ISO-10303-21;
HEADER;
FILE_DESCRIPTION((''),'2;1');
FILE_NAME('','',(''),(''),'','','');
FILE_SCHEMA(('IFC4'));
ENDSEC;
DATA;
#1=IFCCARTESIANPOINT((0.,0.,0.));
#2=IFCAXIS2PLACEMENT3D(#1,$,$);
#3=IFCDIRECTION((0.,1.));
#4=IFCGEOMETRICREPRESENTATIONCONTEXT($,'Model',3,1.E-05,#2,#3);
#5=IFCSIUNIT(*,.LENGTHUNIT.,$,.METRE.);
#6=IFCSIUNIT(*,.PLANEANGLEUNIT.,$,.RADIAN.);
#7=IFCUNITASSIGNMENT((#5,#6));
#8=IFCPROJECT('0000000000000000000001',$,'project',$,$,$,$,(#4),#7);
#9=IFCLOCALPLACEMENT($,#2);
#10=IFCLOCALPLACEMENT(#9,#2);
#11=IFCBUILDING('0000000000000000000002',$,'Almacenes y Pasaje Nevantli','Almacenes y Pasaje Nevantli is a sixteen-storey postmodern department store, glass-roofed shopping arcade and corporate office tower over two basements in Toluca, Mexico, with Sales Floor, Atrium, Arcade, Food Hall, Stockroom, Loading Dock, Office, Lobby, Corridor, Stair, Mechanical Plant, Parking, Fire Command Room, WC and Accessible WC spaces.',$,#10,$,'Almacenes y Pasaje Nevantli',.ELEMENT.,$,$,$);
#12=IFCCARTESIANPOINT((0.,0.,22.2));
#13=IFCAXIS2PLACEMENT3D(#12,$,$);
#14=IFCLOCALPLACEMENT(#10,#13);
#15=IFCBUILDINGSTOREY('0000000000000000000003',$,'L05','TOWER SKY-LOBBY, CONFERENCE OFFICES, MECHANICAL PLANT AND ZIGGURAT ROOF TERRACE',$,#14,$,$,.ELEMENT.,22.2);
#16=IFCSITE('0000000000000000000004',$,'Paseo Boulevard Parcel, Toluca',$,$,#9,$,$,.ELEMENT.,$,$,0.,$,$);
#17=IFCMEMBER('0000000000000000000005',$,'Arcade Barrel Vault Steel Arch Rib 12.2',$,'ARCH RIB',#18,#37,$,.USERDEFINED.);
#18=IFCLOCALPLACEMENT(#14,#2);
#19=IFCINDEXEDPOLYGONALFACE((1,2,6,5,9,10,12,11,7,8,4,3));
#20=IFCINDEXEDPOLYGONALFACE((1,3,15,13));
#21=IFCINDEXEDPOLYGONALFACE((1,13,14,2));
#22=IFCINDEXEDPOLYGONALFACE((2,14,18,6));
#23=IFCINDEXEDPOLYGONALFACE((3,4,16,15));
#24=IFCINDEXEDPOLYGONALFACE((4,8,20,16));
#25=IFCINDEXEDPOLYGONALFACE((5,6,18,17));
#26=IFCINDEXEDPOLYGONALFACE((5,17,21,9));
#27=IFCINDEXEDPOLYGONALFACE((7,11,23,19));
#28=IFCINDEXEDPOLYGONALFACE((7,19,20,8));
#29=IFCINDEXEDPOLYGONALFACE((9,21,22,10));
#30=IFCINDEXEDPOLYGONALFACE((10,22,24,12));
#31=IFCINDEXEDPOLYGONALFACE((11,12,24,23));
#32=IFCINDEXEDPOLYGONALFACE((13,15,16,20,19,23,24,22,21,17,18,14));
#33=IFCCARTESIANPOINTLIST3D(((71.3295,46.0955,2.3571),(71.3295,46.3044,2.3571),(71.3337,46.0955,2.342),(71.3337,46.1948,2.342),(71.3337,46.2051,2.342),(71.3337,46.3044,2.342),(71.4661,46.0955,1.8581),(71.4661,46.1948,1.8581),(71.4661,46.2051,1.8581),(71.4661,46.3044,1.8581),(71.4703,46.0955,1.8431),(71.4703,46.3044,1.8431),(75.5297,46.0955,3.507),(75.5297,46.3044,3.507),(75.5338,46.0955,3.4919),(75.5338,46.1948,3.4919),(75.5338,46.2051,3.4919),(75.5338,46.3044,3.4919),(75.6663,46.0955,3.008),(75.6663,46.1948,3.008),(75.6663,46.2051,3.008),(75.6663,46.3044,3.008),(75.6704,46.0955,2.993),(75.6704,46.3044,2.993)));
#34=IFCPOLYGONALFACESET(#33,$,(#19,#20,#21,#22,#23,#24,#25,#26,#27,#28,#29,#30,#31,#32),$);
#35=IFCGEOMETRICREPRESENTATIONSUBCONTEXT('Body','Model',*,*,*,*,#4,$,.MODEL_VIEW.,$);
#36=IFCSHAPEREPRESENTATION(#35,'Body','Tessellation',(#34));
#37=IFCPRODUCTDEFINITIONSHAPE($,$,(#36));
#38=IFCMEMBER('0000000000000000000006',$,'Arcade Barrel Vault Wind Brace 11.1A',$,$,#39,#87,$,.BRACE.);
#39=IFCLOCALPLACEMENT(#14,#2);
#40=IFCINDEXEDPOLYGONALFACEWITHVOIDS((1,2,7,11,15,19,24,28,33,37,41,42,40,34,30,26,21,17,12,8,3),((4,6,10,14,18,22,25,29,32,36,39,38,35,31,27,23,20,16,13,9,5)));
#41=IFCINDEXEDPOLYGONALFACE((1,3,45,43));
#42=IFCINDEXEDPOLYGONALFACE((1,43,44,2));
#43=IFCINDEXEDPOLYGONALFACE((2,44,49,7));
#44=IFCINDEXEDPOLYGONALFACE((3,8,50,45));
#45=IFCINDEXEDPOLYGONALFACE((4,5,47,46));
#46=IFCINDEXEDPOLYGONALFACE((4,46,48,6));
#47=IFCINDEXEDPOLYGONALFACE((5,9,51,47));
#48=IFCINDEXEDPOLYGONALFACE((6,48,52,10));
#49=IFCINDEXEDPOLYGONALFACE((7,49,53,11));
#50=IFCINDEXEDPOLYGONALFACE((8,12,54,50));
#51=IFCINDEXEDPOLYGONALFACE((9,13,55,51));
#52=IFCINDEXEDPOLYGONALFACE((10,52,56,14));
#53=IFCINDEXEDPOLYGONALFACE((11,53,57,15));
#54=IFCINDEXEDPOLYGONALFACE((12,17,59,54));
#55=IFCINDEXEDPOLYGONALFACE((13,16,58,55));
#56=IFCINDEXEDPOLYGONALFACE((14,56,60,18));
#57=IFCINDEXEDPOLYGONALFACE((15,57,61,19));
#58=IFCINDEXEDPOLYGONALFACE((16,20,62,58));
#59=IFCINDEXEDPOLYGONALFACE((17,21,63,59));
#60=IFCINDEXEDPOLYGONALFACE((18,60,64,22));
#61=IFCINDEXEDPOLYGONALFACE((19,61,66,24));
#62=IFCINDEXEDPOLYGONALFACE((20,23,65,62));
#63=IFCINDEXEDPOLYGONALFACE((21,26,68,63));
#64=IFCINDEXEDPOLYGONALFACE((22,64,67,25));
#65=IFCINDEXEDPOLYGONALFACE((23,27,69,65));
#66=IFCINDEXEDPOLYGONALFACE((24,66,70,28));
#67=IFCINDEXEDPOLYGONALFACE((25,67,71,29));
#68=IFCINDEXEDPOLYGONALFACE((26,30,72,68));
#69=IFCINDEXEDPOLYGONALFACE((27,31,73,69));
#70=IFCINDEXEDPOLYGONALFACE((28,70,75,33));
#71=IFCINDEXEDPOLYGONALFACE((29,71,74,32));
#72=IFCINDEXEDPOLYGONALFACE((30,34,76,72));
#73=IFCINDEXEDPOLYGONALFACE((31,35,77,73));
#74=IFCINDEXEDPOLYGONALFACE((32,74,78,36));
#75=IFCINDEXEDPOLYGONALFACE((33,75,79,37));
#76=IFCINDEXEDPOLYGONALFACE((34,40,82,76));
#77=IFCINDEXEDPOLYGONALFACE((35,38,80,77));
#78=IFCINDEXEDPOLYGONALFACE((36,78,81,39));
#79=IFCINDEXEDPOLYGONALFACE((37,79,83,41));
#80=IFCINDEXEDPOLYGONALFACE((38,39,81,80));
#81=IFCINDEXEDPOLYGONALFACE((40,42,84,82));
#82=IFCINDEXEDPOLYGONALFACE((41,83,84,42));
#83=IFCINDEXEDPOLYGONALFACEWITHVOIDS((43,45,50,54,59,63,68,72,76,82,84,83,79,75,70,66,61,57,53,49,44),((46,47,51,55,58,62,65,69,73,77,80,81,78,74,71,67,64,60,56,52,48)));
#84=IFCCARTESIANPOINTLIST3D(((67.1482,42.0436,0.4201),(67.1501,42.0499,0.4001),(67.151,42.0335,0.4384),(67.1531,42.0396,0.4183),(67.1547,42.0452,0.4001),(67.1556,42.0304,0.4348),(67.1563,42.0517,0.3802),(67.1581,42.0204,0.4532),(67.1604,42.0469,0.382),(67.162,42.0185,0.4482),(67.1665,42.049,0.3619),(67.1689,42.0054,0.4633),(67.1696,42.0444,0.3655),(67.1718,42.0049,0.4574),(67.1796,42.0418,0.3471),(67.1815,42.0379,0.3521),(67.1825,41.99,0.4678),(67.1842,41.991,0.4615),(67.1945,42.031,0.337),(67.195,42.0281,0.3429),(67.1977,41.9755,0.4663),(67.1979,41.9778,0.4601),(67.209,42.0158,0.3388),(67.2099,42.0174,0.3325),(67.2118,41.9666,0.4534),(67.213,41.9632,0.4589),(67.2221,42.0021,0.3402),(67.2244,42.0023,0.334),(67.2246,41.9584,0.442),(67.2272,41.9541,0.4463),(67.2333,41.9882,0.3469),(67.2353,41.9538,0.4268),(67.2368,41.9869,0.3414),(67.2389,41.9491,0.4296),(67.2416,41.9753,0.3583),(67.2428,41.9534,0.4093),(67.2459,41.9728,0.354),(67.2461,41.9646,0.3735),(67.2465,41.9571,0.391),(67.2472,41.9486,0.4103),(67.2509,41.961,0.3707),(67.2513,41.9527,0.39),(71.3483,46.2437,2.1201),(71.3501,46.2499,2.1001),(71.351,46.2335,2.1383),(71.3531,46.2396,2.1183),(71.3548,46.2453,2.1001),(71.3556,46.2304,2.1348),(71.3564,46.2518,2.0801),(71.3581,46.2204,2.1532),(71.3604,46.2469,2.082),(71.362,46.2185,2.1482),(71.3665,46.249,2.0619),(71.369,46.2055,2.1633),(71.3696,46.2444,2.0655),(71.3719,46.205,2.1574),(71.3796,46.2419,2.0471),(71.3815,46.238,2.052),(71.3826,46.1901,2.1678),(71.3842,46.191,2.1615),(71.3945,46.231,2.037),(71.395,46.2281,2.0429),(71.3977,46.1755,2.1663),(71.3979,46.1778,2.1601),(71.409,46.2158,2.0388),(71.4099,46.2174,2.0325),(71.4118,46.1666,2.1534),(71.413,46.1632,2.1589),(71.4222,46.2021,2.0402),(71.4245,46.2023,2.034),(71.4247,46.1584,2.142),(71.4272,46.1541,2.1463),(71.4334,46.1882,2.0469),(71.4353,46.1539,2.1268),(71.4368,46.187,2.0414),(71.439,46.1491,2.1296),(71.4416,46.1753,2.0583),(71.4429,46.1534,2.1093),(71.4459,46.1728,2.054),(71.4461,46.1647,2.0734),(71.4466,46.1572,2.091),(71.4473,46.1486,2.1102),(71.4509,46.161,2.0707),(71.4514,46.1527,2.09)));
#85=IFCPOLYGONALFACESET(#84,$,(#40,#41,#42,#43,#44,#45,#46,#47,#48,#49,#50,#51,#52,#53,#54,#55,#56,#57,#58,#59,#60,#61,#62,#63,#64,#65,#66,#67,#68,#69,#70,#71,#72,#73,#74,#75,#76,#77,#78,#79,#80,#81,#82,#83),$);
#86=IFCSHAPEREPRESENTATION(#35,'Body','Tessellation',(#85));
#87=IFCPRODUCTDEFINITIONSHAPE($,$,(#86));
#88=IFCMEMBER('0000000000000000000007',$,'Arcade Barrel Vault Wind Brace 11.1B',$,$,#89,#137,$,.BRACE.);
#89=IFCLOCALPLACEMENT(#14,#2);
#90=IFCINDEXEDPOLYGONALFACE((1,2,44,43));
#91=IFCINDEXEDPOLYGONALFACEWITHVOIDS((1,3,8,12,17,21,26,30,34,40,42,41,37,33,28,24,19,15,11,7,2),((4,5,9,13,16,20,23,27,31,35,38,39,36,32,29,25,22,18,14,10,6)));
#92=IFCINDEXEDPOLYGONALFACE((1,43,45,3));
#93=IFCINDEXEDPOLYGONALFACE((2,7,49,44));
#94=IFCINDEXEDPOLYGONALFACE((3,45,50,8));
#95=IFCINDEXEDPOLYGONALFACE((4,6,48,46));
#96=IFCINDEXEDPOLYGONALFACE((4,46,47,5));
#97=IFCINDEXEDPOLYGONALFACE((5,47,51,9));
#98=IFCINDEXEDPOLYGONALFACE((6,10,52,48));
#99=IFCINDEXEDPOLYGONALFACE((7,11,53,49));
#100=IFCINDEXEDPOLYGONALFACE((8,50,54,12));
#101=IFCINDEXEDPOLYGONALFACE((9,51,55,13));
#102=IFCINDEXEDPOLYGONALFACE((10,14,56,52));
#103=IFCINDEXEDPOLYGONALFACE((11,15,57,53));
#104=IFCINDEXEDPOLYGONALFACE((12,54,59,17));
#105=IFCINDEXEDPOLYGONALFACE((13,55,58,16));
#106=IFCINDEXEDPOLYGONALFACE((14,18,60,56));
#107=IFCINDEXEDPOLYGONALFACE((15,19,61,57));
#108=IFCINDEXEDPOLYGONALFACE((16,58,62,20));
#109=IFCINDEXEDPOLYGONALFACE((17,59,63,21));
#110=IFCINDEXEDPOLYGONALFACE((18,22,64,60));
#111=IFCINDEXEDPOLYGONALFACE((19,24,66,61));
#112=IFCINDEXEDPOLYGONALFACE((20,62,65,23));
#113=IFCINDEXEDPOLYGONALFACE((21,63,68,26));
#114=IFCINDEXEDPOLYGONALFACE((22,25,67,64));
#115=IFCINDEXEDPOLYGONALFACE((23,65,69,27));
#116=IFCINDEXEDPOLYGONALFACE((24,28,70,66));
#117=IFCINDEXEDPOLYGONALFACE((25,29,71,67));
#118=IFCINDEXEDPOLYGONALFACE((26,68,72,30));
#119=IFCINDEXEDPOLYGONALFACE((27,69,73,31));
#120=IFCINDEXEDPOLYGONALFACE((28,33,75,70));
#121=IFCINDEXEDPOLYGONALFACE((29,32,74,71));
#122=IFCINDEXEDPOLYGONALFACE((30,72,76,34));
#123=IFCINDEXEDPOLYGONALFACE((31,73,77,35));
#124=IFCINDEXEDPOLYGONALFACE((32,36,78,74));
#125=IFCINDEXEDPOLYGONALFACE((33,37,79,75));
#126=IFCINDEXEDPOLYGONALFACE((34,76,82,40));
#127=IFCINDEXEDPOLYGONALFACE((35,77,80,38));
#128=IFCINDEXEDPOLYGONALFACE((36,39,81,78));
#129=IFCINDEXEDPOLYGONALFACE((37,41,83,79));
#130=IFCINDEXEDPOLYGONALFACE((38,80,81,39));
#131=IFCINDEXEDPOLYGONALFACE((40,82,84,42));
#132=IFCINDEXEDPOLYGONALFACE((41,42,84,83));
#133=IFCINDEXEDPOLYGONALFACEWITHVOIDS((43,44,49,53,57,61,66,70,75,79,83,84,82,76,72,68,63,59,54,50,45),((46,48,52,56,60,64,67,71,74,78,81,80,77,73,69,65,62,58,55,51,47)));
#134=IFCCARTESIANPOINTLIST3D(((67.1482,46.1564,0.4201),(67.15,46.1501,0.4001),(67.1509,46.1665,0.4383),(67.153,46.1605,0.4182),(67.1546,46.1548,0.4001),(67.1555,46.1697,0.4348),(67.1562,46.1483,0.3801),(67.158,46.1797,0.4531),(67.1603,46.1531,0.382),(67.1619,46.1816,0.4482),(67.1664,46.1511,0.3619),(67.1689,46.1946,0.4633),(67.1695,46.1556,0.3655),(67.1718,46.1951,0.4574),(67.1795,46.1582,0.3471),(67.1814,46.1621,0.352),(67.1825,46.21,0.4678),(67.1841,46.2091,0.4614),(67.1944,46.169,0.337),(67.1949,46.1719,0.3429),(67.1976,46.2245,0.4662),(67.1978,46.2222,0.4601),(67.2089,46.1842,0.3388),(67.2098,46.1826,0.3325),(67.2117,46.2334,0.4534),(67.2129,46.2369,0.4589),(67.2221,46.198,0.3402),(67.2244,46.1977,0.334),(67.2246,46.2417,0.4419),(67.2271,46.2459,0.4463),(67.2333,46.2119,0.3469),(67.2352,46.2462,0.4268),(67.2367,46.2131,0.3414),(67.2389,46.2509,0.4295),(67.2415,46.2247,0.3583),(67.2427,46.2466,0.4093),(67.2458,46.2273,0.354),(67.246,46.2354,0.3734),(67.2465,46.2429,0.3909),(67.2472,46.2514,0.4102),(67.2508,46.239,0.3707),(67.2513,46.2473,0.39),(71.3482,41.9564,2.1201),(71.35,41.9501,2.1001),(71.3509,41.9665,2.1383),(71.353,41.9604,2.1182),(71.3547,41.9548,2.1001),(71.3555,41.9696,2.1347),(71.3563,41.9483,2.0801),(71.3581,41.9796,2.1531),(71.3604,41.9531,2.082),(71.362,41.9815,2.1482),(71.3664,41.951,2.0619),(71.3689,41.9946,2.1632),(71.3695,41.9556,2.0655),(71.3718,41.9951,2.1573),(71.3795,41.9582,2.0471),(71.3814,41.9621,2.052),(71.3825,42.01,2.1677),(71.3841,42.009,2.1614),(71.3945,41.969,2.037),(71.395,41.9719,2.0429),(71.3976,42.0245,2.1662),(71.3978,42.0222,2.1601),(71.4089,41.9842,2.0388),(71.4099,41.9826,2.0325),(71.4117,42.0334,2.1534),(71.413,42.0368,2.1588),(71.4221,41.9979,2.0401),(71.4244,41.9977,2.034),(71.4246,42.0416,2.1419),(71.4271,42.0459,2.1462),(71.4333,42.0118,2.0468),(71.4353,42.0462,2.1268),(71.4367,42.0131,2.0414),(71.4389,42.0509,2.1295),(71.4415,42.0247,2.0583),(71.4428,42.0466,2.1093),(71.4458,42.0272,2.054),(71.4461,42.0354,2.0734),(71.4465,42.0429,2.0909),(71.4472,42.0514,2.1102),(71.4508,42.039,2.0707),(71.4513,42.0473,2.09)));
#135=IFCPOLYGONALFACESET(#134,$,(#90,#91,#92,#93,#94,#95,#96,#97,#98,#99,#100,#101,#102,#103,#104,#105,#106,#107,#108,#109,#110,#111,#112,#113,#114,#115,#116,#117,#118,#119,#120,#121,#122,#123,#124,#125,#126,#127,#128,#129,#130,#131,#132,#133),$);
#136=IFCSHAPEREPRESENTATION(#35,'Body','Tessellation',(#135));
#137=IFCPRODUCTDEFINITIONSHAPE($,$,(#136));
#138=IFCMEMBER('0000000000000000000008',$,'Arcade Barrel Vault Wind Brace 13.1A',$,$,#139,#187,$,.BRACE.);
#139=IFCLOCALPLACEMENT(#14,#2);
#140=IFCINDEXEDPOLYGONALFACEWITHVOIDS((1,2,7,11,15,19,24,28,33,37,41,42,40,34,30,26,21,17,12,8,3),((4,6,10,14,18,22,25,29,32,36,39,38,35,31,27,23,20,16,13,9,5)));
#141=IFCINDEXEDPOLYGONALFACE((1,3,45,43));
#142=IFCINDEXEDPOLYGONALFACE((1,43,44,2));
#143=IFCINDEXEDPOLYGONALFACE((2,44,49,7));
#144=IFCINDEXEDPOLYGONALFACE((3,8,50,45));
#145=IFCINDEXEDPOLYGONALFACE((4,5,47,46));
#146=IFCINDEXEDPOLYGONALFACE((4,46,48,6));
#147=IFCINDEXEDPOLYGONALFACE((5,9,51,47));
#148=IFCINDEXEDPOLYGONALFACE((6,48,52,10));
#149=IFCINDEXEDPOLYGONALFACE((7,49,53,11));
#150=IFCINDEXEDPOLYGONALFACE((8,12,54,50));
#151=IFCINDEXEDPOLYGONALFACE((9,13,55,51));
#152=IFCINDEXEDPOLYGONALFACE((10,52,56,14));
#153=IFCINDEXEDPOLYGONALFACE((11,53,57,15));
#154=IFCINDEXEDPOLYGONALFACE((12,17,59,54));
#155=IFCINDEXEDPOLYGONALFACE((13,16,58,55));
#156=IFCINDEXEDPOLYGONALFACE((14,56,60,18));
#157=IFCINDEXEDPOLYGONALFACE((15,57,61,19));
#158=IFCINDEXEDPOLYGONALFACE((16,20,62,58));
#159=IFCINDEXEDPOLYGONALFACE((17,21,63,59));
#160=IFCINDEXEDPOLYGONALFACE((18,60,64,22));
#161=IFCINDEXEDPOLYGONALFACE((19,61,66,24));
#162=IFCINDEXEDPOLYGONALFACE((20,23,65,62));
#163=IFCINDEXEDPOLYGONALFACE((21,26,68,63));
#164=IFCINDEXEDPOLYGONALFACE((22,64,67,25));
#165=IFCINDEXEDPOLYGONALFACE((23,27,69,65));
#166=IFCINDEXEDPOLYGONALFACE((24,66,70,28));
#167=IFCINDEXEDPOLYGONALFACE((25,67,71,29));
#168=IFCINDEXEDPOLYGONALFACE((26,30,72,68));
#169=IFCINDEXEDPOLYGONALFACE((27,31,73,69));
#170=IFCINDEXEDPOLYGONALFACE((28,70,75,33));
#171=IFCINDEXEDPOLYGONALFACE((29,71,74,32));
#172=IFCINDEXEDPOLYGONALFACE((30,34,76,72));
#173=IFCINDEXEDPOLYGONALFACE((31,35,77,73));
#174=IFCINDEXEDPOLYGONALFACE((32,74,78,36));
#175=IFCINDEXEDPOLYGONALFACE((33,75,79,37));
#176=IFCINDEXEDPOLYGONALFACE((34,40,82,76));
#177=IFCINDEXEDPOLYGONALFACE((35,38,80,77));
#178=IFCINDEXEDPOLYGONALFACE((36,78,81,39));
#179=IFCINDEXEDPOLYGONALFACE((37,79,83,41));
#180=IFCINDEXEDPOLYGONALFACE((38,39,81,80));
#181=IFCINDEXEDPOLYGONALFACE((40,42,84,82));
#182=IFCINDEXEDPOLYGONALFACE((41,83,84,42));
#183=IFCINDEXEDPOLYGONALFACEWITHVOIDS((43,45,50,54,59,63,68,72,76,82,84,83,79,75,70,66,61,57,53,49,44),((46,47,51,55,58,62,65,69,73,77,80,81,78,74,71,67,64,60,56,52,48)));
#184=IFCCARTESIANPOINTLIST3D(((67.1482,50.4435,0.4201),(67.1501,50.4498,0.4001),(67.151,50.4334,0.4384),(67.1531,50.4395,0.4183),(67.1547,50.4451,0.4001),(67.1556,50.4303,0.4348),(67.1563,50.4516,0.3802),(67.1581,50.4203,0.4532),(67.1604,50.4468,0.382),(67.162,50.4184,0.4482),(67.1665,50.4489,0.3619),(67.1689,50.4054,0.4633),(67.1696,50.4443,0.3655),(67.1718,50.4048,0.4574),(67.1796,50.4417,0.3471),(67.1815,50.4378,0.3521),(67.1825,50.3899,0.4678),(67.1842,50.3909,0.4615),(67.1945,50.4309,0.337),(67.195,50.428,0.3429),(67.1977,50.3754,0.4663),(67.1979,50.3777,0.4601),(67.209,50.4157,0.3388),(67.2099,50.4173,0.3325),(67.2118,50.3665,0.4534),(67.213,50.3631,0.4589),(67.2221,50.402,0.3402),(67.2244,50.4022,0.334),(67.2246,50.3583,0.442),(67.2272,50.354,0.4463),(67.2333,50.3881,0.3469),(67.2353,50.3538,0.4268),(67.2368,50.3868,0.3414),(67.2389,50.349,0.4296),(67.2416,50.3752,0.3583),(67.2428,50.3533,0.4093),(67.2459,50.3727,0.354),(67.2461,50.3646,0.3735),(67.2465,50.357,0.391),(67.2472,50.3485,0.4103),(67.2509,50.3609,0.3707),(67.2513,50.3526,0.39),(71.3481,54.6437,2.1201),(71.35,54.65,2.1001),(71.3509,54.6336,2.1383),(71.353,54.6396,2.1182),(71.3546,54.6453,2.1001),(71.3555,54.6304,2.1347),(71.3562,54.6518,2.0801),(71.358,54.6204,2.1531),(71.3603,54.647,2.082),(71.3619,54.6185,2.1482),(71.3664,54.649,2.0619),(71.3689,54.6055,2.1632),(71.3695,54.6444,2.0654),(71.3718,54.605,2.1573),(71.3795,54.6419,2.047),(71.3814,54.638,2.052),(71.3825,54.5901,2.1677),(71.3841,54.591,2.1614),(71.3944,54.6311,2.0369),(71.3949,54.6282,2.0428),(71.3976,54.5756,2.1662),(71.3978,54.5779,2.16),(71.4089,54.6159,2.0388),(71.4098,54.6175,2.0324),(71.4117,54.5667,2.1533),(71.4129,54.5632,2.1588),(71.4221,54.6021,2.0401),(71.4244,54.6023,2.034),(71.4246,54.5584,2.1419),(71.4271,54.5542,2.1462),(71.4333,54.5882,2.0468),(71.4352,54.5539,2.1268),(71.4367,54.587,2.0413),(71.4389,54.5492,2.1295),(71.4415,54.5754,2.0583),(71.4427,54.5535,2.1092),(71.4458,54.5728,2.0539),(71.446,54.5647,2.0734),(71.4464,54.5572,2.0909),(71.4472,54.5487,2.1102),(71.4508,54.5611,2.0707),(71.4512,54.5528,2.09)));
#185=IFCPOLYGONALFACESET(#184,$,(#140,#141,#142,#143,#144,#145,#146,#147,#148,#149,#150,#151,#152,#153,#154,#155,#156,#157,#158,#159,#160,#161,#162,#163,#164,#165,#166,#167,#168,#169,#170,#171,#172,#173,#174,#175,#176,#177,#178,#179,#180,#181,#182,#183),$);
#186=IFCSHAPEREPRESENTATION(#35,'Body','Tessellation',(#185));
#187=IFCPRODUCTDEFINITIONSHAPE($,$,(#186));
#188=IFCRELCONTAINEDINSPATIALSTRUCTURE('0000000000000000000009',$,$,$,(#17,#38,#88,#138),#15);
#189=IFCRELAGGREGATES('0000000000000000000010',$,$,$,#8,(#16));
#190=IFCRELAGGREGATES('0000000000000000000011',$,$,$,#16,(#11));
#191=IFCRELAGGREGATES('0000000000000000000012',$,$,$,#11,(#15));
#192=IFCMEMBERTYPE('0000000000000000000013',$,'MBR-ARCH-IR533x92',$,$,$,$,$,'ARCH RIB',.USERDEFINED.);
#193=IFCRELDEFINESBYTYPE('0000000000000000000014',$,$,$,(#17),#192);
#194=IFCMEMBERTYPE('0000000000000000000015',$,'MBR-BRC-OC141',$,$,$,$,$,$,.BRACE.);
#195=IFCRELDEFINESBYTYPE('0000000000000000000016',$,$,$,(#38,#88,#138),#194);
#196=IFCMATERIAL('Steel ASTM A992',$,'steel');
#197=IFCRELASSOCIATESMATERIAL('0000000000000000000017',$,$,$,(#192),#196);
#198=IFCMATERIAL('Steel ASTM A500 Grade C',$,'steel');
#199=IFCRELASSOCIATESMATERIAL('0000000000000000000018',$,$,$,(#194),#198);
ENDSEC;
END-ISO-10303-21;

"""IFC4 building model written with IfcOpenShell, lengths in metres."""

from ifc_helpers import new_model, si_unit, direction, frame, origin, origin_2d, place, context, subcontext, project, spatial, hollow_circle, i_section, extrude, material, material_profile, profile_set, type_object, element, save


model = new_model("IFC4")

# Units and contexts
model_context = context("Model", 3, precision=1e-05, world=origin(), true_north=direction((0.0, 1.0)))
body_context = subcontext(model_context, "Body", "Model", "MODEL_VIEW")
ifc_project = project(units=[si_unit("LENGTHUNIT", "METRE"), si_unit("PLANEANGLEUNIT", "RADIAN")], contexts=[model_context])

# Site, building, storey
site_placement = place(None, origin())
site = spatial("IfcSite", under=ifc_project, at=site_placement, Name="Paseo Boulevard Parcel, Toluca", CompositionType="ELEMENT", RefElevation=0.0)
building_placement = place(site_placement, origin())
building = spatial("IfcBuilding", under=site, at=building_placement, Name="Almacenes y Pasaje Nevantli", Description="Almacenes y Pasaje Nevantli is a sixteen-storey postmodern department store, glass-roofed shopping arcade and corporate office tower over two basements in Toluca, Mexico, with Sales Floor, Atrium, Arcade, Food Hall, Stockroom, Loading Dock, Office, Lobby, Corridor, Stair, Mechanical Plant, Parking, Fire Command Room, WC and Accessible WC spaces.", LongName="Almacenes y Pasaje Nevantli", CompositionType="ELEMENT")
storey_placement = place(building_placement, frame((0.0, 0.0, 22.2)))
storey = spatial("IfcBuildingStorey", under=building, at=storey_placement, Name="L05", Description="TOWER SKY-LOBBY, CONFERENCE OFFICES, MECHANICAL PLANT AND ZIGGURAT ROOF TERRACE", CompositionType="ELEMENT", Elevation=22.2)

# Members
ifc_material_1 = material(Name="Steel ASTM A992", Category="steel")
ifc_material_profile_1 = material_profile(ifc_material_1, i_section(OverallWidth=0.209, OverallDepth=0.533, WebThickness=0.0103, FlangeThickness=0.0156, at=origin_2d()), Name="IR 533x92.5")
ifc_profile_set_1 = profile_set([ifc_material_profile_1], Name="Steel ASTM A992")
member_type_1 = type_object("IfcMemberType", Name="MBR-ARCH-IR533x92", ElementType="ARCH RIB", PredefinedType="USERDEFINED", material=ifc_profile_set_1)
member_1_placement = place(storey_placement, frame((71.3999, 46.2, 2.1001), z_axis=(0.964507, 0.0, 0.264057), x_axis=(0.0, 1.0, 0.0)))
element("IfcMember", 1, at=member_1_placement, inside=storey, type_object=member_type_1, Name="Arcade Barrel Vault Steel Arch Rib 12.2", ObjectType="ARCH RIB", PredefinedType="USERDEFINED", context=body_context, shape_type="SweptSolid", body=[
    extrude(i_section(OverallWidth=0.209, OverallDepth=0.533, WebThickness=0.0103, FlangeThickness=0.0156, at=origin_2d()), origin(), (0.0, 0.0, 1.0), 4.3547),
])
ifc_material_2 = material(Name="Steel ASTM A500 Grade C", Category="steel")
ifc_material_profile_2 = material_profile(ifc_material_2, hollow_circle(Radius=0.0706, WallThickness=0.0066, at=origin_2d()), Name="OC 141x6.6")
ifc_profile_set_2 = profile_set([ifc_material_profile_2], Name="Steel ASTM A500 Grade C")
member_type_2 = type_object("IfcMemberType", Name="MBR-BRC-OC141", PredefinedType="BRACE", material=ifc_profile_set_2)
for number, where, z_axis, x_axis, name in (
    (2, (67.2, 42.0, 0.4001), (0.679812, 0.679812, 0.275157), (-0.707107, 0.707107, 0.0), "Arcade Barrel Vault Wind Brace 11.1A"),
    (3, (71.3999, 42.0, 2.1001), (-0.679812, 0.679812, -0.275157), (-0.707107, -0.707107, 0.0), "Arcade Barrel Vault Wind Brace 11.1B"),
    (4, (67.2, 50.3999, 0.4001), (0.679794, 0.679833, 0.27515), (-0.707127, 0.707086, 0.0), "Arcade Barrel Vault Wind Brace 13.1A"),
):
    element("IfcMember", number, at=place(storey_placement, frame(where, z_axis=z_axis, x_axis=x_axis)), inside=storey, type_object=member_type_2, Name=name, PredefinedType="BRACE", context=body_context, shape_type="SweptSolid", body=[
        extrude(hollow_circle(Radius=0.0706, WallThickness=0.0066, at=origin_2d()), origin(), (0.0, 0.0, 1.0), 6.1782),
    ])

save(model, "model.ifc")
